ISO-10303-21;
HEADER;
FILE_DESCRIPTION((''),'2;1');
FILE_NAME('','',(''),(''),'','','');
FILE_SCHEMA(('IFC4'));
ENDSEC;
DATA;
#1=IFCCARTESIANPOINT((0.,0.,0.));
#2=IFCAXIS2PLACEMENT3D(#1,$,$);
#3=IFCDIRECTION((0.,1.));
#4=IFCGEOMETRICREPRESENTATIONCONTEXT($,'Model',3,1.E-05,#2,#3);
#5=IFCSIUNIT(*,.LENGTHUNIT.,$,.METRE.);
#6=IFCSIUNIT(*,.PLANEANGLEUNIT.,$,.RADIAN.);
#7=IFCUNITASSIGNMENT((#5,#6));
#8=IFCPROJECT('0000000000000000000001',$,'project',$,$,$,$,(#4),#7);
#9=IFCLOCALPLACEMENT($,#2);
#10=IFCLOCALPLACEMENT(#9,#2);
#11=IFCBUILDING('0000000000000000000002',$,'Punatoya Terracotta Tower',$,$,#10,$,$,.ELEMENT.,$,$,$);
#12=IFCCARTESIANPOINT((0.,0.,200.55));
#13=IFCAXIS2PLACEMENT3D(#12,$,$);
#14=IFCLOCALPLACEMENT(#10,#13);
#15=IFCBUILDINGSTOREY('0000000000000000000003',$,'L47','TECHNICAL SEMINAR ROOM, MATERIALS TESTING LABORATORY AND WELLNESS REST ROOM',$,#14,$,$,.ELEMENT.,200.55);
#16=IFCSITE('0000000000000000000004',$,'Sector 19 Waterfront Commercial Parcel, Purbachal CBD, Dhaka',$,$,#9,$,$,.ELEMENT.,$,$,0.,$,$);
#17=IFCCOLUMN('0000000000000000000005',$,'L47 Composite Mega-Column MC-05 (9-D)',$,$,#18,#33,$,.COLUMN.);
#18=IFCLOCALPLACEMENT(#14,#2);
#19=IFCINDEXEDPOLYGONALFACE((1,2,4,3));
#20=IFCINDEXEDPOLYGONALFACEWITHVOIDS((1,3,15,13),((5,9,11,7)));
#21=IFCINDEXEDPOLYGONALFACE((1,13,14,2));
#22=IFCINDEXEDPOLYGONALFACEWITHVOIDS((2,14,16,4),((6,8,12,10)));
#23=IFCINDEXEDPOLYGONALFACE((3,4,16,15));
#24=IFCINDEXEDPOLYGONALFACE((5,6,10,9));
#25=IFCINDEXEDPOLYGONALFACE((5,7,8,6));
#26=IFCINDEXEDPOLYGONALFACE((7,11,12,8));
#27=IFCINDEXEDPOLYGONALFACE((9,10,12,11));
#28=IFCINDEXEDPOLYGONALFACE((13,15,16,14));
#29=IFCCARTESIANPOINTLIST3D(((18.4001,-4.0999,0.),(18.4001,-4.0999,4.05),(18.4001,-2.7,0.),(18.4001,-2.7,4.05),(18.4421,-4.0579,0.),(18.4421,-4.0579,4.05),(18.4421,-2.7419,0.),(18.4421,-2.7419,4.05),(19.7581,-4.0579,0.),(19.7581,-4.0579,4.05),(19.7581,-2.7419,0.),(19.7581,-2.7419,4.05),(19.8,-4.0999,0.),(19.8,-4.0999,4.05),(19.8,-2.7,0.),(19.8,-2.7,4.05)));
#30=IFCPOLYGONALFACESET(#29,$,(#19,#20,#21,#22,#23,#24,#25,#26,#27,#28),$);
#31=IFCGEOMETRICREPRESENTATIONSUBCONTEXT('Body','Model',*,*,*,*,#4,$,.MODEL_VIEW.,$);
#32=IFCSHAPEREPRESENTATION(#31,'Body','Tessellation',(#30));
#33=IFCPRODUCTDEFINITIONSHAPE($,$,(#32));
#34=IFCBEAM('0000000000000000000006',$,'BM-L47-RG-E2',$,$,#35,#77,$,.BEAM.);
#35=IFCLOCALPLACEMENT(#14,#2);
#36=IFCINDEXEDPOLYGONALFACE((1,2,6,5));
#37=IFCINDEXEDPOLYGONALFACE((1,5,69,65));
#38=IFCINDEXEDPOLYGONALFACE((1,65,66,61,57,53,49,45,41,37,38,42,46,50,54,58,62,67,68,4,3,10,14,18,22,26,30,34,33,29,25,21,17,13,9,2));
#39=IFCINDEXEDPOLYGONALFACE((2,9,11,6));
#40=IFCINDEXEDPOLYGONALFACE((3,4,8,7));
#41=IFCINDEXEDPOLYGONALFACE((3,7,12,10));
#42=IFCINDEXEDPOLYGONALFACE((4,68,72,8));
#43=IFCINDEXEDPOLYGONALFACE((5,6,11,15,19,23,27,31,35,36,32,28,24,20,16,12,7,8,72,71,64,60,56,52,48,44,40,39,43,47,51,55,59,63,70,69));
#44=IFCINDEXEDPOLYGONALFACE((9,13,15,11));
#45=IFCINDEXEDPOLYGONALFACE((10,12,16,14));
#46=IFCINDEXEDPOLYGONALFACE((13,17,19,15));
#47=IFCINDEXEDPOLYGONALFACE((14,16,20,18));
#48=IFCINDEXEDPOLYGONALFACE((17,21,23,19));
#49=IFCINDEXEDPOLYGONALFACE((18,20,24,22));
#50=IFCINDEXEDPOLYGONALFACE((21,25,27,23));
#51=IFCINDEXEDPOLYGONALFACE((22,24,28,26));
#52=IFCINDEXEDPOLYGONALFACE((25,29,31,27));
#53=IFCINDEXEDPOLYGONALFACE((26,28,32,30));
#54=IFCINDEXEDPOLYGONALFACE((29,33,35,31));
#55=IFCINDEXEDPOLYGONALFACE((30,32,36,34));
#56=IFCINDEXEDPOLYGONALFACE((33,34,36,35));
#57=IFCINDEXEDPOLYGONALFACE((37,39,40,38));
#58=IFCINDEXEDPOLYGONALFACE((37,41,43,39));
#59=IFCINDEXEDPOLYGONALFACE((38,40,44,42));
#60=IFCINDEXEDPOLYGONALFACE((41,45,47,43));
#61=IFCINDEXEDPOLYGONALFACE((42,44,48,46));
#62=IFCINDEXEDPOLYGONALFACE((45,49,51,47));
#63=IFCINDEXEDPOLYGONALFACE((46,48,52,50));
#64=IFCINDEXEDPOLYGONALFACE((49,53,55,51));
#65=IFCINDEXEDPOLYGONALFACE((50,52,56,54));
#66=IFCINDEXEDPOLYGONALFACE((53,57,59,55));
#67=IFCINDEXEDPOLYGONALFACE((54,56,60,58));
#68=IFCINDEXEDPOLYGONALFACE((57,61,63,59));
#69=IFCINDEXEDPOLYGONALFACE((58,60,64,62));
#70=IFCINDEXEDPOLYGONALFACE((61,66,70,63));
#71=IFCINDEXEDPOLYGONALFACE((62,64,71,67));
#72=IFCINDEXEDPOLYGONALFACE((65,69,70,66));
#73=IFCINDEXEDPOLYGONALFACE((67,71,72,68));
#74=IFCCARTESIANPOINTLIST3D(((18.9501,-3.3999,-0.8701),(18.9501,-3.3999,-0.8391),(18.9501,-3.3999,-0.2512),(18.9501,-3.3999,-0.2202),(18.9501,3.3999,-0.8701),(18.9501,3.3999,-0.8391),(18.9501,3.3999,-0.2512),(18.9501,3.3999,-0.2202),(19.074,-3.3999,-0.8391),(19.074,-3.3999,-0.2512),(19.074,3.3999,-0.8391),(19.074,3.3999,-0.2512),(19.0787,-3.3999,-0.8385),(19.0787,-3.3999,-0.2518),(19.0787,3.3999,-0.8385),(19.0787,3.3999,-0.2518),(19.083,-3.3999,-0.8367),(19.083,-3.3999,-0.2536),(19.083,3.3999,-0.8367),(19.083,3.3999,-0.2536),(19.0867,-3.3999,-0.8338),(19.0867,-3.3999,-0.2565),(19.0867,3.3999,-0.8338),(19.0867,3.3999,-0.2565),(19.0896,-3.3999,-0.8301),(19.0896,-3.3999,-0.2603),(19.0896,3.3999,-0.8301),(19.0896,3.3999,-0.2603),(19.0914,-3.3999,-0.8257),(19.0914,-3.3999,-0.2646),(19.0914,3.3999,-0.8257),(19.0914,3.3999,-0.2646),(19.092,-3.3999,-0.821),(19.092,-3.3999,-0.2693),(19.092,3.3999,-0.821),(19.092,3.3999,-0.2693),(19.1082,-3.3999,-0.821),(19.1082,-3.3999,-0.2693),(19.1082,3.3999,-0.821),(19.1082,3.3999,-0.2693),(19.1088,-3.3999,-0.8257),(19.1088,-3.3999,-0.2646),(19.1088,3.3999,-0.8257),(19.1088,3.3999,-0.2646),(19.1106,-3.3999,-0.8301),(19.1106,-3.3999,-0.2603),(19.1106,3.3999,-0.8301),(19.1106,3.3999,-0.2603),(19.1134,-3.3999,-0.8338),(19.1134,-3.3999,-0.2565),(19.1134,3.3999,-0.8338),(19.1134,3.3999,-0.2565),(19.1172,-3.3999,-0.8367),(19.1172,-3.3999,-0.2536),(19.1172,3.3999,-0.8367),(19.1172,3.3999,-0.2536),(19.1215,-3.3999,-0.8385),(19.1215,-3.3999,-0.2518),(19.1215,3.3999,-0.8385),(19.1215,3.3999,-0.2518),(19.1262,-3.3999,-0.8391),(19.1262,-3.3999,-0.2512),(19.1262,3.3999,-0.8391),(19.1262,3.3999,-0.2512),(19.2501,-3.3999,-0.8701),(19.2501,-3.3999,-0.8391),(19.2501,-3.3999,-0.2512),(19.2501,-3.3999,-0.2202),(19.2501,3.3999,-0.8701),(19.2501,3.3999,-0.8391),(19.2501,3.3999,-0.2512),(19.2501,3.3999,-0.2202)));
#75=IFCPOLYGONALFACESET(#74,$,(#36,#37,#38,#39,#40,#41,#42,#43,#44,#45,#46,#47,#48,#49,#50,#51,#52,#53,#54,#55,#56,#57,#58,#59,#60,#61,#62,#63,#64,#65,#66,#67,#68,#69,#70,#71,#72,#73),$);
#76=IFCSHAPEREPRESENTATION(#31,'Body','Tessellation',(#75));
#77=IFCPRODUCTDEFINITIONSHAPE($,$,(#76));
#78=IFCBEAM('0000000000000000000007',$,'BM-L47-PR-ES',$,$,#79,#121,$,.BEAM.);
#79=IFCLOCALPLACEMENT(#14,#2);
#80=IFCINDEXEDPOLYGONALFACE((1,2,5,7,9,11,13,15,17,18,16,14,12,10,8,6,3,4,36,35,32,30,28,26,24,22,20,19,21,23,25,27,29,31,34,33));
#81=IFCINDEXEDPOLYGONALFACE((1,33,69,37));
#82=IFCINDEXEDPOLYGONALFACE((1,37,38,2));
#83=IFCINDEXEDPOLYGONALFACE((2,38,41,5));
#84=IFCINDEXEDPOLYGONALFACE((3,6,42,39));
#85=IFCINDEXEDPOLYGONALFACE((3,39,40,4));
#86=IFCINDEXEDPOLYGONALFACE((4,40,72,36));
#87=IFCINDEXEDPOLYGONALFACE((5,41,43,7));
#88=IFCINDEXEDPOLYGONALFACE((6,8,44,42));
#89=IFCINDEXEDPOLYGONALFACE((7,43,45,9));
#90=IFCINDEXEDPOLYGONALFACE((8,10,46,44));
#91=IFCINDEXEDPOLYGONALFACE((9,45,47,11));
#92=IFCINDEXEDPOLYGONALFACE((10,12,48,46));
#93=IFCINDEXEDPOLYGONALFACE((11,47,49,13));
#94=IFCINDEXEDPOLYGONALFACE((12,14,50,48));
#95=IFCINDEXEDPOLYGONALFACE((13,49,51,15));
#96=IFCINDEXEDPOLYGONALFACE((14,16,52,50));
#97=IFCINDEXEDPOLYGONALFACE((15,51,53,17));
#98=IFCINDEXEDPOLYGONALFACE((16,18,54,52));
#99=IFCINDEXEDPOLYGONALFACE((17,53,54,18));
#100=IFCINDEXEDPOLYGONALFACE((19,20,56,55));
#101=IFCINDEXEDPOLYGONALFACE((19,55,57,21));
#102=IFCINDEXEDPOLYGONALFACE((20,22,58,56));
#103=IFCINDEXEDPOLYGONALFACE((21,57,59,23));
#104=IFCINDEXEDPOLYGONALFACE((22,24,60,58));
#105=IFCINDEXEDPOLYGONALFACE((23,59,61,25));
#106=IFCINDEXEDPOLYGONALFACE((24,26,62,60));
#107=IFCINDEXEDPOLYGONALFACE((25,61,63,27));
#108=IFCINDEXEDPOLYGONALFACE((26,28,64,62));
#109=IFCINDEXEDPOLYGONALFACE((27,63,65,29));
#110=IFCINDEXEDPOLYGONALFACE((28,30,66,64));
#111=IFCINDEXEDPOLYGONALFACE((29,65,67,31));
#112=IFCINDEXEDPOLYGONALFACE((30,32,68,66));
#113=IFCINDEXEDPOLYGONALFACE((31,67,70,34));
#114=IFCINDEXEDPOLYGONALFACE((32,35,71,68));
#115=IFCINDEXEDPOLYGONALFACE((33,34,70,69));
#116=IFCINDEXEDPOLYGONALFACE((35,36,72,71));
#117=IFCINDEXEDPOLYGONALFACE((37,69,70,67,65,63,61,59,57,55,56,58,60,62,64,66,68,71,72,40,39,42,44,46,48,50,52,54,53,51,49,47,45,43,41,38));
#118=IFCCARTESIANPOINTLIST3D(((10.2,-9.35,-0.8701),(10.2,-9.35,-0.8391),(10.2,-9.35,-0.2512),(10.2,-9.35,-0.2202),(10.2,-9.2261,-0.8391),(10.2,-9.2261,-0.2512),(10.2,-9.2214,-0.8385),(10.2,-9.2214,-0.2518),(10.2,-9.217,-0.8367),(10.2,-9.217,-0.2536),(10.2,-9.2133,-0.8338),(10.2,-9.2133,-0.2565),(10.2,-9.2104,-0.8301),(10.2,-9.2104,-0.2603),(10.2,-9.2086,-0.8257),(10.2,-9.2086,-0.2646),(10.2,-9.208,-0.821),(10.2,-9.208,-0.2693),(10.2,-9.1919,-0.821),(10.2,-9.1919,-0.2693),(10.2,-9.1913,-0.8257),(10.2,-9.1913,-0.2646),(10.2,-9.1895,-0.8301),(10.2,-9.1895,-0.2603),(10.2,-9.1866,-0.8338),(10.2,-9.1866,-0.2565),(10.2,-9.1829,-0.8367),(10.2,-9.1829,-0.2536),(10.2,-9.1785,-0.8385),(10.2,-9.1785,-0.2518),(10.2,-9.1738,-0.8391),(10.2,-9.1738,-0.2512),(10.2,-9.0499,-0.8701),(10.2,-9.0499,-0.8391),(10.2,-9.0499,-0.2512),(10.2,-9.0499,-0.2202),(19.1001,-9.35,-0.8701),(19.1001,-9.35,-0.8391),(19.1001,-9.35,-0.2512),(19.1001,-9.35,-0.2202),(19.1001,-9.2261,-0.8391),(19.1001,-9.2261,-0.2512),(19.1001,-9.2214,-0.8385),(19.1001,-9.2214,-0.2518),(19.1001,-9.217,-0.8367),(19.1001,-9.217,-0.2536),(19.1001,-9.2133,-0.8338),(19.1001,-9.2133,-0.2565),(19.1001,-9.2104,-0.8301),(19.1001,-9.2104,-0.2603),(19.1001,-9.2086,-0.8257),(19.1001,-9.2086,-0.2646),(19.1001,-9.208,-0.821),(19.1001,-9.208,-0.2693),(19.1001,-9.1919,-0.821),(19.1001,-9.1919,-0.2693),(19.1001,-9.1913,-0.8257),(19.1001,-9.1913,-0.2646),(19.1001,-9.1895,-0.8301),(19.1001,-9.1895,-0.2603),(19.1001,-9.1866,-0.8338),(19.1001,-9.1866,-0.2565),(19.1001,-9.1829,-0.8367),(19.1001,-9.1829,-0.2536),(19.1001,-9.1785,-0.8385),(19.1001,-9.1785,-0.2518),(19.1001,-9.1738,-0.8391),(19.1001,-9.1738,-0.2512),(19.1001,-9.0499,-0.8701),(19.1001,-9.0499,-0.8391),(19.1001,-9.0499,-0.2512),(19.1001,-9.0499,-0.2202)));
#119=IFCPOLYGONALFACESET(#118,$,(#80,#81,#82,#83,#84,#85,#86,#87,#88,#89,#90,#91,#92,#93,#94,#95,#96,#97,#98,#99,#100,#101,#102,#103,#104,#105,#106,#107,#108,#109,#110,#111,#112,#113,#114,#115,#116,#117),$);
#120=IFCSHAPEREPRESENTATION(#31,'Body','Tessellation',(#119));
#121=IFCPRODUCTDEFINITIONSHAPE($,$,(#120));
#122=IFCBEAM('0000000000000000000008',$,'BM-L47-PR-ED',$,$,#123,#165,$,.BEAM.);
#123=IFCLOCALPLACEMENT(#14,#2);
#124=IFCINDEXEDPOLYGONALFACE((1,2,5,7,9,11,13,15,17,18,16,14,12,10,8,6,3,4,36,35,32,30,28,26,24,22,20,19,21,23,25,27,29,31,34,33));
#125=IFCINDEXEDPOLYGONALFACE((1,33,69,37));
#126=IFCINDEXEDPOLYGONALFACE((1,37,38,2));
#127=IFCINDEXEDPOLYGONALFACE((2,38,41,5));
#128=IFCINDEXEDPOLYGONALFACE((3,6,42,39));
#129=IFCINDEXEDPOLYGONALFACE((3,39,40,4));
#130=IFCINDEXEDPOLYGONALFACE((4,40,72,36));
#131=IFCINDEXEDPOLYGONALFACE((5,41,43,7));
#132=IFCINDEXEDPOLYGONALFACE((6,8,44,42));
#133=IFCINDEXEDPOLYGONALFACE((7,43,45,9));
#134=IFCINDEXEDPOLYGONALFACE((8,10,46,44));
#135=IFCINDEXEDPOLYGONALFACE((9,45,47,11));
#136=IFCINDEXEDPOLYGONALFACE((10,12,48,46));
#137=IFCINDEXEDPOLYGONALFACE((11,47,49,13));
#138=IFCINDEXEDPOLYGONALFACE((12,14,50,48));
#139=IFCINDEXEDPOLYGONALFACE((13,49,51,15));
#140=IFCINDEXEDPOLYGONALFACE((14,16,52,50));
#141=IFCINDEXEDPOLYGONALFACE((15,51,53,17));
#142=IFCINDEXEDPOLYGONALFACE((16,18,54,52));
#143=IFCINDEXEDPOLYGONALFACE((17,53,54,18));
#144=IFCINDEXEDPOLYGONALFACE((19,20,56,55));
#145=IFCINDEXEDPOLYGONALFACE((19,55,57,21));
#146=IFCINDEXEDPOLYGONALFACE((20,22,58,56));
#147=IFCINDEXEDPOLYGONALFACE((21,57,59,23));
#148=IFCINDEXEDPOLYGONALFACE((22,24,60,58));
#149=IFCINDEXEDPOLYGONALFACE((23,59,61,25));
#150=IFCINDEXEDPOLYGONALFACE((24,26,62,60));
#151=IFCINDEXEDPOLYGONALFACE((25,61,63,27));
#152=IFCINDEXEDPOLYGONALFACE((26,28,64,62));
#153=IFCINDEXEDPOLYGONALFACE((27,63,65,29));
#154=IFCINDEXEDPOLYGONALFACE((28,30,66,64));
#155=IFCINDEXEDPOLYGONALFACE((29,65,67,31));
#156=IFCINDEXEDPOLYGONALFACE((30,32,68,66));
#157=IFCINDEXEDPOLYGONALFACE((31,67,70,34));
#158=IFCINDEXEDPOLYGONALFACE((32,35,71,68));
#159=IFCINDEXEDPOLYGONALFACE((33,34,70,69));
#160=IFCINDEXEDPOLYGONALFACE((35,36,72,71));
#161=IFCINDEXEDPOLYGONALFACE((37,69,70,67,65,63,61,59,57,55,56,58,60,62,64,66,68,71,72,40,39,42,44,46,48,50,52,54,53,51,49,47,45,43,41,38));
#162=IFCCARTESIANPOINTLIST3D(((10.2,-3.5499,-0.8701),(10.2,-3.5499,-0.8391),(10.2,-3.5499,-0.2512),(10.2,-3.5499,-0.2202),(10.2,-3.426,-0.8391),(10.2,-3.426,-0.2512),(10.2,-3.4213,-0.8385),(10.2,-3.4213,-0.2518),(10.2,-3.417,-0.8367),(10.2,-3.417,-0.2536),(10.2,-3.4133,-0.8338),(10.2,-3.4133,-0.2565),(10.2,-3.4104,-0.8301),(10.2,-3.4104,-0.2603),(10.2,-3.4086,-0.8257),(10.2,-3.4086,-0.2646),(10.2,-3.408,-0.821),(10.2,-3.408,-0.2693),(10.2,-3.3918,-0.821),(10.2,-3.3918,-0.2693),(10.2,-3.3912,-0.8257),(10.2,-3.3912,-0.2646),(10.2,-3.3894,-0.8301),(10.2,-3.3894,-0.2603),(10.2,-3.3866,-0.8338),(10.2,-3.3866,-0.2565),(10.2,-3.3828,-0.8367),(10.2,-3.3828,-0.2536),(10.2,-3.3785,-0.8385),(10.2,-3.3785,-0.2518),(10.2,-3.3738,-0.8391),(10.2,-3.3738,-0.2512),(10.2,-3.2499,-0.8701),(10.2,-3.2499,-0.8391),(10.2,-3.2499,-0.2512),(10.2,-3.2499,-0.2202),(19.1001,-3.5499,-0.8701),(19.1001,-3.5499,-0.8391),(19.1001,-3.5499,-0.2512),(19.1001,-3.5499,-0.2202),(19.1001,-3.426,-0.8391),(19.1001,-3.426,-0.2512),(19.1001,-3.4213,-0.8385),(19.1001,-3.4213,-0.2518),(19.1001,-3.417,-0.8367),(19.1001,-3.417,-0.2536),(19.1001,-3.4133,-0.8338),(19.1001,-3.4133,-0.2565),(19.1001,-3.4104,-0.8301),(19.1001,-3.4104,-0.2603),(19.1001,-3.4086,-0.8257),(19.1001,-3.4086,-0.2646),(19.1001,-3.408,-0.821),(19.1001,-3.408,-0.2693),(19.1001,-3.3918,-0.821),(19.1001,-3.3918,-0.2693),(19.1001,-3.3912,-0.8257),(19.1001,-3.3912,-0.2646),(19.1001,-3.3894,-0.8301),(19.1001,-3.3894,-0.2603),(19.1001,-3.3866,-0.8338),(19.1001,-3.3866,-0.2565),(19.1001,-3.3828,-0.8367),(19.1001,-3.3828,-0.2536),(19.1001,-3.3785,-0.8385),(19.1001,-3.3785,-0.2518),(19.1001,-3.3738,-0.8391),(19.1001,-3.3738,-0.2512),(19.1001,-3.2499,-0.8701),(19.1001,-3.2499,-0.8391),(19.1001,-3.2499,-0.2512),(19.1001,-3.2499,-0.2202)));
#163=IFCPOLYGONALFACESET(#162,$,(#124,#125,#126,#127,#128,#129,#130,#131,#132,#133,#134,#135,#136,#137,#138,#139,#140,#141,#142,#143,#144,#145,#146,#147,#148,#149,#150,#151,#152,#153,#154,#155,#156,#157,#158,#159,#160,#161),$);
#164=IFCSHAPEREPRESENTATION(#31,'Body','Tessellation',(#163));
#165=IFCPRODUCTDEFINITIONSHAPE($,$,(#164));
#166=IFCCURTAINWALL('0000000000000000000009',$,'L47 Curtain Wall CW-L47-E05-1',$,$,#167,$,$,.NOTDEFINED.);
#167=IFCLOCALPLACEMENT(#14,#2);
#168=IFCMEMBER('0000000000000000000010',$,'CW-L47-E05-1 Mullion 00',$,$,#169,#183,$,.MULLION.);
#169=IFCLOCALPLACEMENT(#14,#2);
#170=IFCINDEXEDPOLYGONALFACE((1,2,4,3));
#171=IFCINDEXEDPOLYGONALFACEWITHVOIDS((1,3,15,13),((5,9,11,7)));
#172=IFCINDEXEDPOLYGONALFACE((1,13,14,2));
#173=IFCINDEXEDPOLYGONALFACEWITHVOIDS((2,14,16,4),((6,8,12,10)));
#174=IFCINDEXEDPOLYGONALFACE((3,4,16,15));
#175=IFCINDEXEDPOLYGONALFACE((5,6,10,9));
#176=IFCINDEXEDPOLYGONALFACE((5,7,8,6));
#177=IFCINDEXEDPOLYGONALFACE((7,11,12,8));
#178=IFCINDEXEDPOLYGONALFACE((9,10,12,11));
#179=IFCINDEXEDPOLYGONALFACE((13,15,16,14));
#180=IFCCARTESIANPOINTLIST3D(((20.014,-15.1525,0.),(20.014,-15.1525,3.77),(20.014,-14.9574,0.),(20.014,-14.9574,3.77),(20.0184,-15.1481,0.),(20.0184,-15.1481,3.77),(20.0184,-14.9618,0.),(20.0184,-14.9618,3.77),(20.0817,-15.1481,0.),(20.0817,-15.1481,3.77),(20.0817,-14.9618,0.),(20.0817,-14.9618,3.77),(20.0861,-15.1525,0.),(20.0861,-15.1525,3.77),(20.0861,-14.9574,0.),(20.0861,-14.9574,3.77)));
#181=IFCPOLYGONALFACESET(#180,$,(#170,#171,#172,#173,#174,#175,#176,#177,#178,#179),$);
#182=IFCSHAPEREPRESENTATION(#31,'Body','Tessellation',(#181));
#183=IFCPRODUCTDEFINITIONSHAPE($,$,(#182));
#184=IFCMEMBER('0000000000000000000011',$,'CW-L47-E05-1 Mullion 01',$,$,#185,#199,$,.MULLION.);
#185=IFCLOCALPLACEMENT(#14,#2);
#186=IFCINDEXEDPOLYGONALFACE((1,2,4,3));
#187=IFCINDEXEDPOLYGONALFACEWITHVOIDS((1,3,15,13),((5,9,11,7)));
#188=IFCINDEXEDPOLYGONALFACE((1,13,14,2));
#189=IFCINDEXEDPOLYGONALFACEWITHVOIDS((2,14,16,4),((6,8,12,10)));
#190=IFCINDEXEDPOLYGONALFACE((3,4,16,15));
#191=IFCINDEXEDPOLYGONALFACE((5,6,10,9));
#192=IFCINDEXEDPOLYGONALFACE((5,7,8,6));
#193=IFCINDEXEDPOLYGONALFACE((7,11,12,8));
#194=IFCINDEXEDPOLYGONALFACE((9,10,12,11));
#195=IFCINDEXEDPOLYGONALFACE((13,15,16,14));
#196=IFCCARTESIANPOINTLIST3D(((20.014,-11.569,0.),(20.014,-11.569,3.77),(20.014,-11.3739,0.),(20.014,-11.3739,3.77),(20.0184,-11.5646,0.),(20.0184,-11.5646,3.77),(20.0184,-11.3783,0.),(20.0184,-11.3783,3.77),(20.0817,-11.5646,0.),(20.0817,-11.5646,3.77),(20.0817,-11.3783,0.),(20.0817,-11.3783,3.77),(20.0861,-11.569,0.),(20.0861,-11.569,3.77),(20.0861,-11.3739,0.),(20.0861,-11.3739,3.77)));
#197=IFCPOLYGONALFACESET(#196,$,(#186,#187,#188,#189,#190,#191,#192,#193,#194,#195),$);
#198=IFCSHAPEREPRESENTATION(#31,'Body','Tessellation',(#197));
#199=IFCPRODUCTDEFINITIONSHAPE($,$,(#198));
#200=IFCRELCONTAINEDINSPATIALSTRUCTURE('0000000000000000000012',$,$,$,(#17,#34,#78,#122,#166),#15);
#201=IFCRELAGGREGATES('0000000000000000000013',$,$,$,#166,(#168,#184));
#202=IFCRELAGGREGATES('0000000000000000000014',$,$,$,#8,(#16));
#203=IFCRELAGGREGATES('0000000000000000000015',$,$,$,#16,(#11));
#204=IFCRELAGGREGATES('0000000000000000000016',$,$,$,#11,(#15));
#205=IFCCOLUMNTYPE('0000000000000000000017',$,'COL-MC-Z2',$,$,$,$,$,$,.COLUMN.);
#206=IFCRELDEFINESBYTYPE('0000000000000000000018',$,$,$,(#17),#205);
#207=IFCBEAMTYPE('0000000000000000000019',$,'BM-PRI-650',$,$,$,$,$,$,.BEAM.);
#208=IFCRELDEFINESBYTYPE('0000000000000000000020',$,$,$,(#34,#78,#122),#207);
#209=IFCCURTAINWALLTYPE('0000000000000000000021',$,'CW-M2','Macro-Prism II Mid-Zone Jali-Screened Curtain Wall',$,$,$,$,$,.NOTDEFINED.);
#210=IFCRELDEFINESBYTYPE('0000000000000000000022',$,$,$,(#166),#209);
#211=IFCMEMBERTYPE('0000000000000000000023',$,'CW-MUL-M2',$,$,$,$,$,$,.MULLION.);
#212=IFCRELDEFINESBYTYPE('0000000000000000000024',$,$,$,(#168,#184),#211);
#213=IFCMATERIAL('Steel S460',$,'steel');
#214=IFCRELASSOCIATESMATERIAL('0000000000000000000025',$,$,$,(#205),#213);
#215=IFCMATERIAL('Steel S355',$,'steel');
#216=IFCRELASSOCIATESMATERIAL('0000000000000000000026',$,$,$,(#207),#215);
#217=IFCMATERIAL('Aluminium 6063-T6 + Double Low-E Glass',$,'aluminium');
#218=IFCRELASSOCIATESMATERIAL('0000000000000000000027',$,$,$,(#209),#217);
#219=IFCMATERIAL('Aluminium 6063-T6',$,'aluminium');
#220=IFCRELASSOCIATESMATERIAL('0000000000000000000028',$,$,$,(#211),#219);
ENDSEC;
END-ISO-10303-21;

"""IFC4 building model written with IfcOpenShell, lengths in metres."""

from ifc_helpers import new_model, si_unit, direction, frame, origin, origin_2d, place, context, subcontext, project, spatial, hollow_rectangle, i_section, extrude, material, material_profile, profile_set, type_object, element, aggregate, save


model = new_model("IFC4")

# Units and contexts
model_context = context("Model", 3, precision=1e-05, world=origin(), true_north=direction((0.0, 1.0)))
body_context = subcontext(model_context, "Body", "Model", "MODEL_VIEW")
ifc_project = project(units=[si_unit("LENGTHUNIT", "METRE"), si_unit("PLANEANGLEUNIT", "RADIAN")], contexts=[model_context])

# Site, building, storey
site_placement = place(None, origin())
site = spatial("IfcSite", under=ifc_project, at=site_placement, Name="Sector 19 Waterfront Commercial Parcel, Purbachal CBD, Dhaka", CompositionType="ELEMENT", RefElevation=0.0)
building_placement = place(site_placement, origin())
building = spatial("IfcBuilding", under=site, at=building_placement, Name="Punatoya Terracotta Tower", CompositionType="ELEMENT")
storey_placement = place(building_placement, frame((0.0, 0.0, 200.55)))
storey = spatial("IfcBuildingStorey", under=building, at=storey_placement, Name="L47", Description="TECHNICAL SEMINAR ROOM, MATERIALS TESTING LABORATORY AND WELLNESS REST ROOM", CompositionType="ELEMENT", Elevation=200.55)

# Column
ifc_material_1 = material(Name="Steel S460", Category="steel")
ifc_material_profile_1 = material_profile(ifc_material_1, hollow_rectangle(XDim=1.3999, YDim=1.3999, WallThickness=0.042, at=origin_2d()))
ifc_profile_set_1 = profile_set([ifc_material_profile_1], Name="Steel S460")
column_type = type_object("IfcColumnType", Name="COL-MC-Z2", PredefinedType="COLUMN", material=ifc_profile_set_1)
column_placement = place(storey_placement, frame((19.1001, -3.3999, 0.0), z_axis=(0.0, 0.0, 1.0), x_axis=(1.0, 0.0, 0.0)))
element("IfcColumn", 1, at=column_placement, inside=storey, type_object=column_type, Name="L47 Composite Mega-Column MC-05 (9-D)", PredefinedType="COLUMN", context=body_context, shape_type="SweptSolid", body=[
    extrude(hollow_rectangle(XDim=1.3999, YDim=1.3999, WallThickness=0.042, at=origin_2d()), origin(), (0.0, 0.0, 1.0), 4.05),
])

# Beams
ifc_material_2 = material(Name="Steel S355", Category="steel")
ifc_material_profile_2 = material_profile(ifc_material_2, i_section(OverallWidth=0.3, OverallDepth=0.6499, WebThickness=0.0161, FlangeThickness=0.031, FilletRadius=0.0181, at=origin_2d()))
ifc_profile_set_2 = profile_set([ifc_material_profile_2], Name="Steel S355")
beam_type = type_object("IfcBeamType", Name="BM-PRI-650", PredefinedType="BEAM", material=ifc_profile_set_2)
beam_placement = place(storey_placement, frame((19.1001, -3.3999, -0.5452), z_axis=(0.0, 1.0, 0.0), x_axis=(-1.0, 0.0, 0.0)))
element("IfcBeam", 2, at=beam_placement, inside=storey, type_object=beam_type, Name="BM-L47-RG-E2", PredefinedType="BEAM", context=body_context, shape_type="SweptSolid", body=[
    extrude(i_section(OverallWidth=0.3, OverallDepth=0.6499, WebThickness=0.0161, FlangeThickness=0.031, FilletRadius=0.0181, at=origin_2d()), origin(), (0.0, 0.0, 1.0), 6.7998),
])
for number, where, z_axis, x_axis, name in (
    (3, (10.2, -9.2, -0.5452), (1.0, 0.0, 0.0), (0.0, 1.0, 0.0), "BM-L47-PR-ES"),
    (4, (10.2, -3.3999, -0.5452), (1.0, 0.0, 0.0), (0.0, 1.0, 0.0), "BM-L47-PR-ED"),
):
    element("IfcBeam", number, at=place(storey_placement, frame(where, z_axis=z_axis, x_axis=x_axis)), inside=storey, type_object=beam_type, Name=name, PredefinedType="BEAM", context=body_context, shape_type="SweptSolid", body=[
        extrude(i_section(OverallWidth=0.3, OverallDepth=0.6499, WebThickness=0.0161, FlangeThickness=0.031, FilletRadius=0.0181, at=origin_2d()), origin(), (0.0, 0.0, 1.0), 8.9001),
    ])

# Curtain wall, members
ifc_material_3 = material(Name="Aluminium 6063-T6 + Double Low-E Glass", Category="aluminium")
curtain_wall_type = type_object("IfcCurtainWallType", Name="CW-M2", Description="Macro-Prism II Mid-Zone Jali-Screened Curtain Wall", PredefinedType="NOTDEFINED", material=ifc_material_3)
curtain_wall_placement = place(storey_placement, origin())
curtain_wall = element("IfcCurtainWall", 5, at=curtain_wall_placement, inside=storey, type_object=curtain_wall_type, Name="L47 Curtain Wall CW-L47-E05-1", PredefinedType="NOTDEFINED")
ifc_material_4 = material(Name="Aluminium 6063-T6", Category="aluminium")
ifc_material_profile_3 = material_profile(ifc_material_4, hollow_rectangle(XDim=0.072, YDim=0.1951, WallThickness=0.0044, at=origin_2d()))
ifc_profile_set_3 = profile_set([ifc_material_profile_3], Name="Aluminium 6063-T6")
member_type_1 = type_object("IfcMemberType", Name="CW-MUL-M2", PredefinedType="MULLION", material=ifc_profile_set_3)
member_1_placement = place(storey_placement, frame((20.05, -15.0549, 0.0), z_axis=(0.0, 0.0, 1.0), x_axis=(1.0, 0.0, 0.0)))
member_1 = element("IfcMember", 6, at=member_1_placement, type_object=member_type_1, Name="CW-L47-E05-1 Mullion 00", PredefinedType="MULLION", context=body_context, shape_type="SweptSolid", body=[
    extrude(hollow_rectangle(XDim=0.072, YDim=0.1951, WallThickness=0.0044, at=origin_2d()), origin(), (0.0, 0.0, 1.0), 3.77),
])
member_2_placement = place(storey_placement, frame((20.05, -11.4714, 0.0), z_axis=(0.0, 0.0, 1.0), x_axis=(1.0, 0.0, 0.0)))
member_2 = element("IfcMember", 7, at=member_2_placement, type_object=member_type_1, Name="CW-L47-E05-1 Mullion 01", PredefinedType="MULLION", context=body_context, shape_type="SweptSolid", body=[
    extrude(hollow_rectangle(XDim=0.072, YDim=0.1951, WallThickness=0.0044, at=origin_2d()), origin(), (0.0, 0.0, 1.0), 3.77),
])
aggregate(curtain_wall, [member_1, member_2])

save(model, "model.ifc")
